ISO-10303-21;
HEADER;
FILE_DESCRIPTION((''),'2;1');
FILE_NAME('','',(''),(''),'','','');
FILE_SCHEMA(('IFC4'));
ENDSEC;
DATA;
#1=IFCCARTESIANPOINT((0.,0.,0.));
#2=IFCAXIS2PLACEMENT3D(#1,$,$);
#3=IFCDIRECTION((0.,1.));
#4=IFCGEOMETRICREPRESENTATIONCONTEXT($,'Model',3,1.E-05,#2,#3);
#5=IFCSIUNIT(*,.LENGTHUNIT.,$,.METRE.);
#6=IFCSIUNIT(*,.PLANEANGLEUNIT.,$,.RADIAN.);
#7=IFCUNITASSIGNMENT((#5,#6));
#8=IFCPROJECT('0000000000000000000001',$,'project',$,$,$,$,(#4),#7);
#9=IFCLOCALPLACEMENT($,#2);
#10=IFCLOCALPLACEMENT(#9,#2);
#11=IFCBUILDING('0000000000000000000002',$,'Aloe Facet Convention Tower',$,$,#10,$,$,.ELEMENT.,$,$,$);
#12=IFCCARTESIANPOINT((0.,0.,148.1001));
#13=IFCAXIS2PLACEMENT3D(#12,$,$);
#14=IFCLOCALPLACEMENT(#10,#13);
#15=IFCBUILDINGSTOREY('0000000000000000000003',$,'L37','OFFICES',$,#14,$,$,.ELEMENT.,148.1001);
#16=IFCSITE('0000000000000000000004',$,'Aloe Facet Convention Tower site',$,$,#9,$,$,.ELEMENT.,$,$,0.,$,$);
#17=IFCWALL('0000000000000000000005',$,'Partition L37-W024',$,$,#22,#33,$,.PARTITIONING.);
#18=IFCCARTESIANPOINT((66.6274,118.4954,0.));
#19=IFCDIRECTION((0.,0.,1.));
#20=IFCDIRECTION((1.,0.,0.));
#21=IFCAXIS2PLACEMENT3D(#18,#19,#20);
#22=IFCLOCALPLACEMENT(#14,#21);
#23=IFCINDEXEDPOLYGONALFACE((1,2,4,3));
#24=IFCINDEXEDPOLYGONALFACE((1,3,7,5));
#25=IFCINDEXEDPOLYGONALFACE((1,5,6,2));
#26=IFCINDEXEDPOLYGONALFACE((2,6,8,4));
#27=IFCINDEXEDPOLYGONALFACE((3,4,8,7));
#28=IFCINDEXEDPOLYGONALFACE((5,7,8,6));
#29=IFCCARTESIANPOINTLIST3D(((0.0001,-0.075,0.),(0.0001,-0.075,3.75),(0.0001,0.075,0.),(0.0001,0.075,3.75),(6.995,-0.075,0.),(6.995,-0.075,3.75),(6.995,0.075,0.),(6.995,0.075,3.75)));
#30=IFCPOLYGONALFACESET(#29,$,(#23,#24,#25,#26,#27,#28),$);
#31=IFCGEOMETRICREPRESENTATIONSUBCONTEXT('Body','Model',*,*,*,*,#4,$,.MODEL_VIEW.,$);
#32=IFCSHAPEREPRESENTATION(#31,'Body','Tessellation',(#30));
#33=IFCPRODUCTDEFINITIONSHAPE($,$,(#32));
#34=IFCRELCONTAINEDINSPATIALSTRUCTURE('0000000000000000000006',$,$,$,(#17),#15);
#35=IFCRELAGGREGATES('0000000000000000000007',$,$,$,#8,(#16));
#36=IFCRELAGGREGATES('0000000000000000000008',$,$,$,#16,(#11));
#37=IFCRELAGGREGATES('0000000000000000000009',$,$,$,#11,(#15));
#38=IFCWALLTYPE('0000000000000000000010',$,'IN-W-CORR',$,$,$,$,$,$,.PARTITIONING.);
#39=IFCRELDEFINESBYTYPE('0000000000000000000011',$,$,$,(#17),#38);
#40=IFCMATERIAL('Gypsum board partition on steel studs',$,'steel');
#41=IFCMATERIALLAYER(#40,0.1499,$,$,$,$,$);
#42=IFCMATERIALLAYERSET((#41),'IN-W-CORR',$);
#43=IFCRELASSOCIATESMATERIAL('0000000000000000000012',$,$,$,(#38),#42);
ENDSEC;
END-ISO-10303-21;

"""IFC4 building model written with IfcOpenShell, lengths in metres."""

from ifc_helpers import new_model, si_unit, direction, frame, frame_2d, origin, place, context, subcontext, project, spatial, rectangle, extrude, material, layer, layer_set, type_object, element, save


model = new_model("IFC4")

# Units and contexts
model_context = context("Model", 3, precision=1e-05, world=origin(), true_north=direction((0.0, 1.0)))
body_context = subcontext(model_context, "Body", "Model", "MODEL_VIEW")
ifc_project = project(units=[si_unit("LENGTHUNIT", "METRE"), si_unit("PLANEANGLEUNIT", "RADIAN")], contexts=[model_context])

# Site, building, storey
site_placement = place(None, origin())
site = spatial("IfcSite", under=ifc_project, at=site_placement, Name="Aloe Facet Convention Tower site", CompositionType="ELEMENT", RefElevation=0.0)
building_placement = place(site_placement, origin())
building = spatial("IfcBuilding", under=site, at=building_placement, Name="Aloe Facet Convention Tower", CompositionType="ELEMENT")
storey_placement = place(building_placement, frame((0.0, 0.0, 148.1001)))
storey = spatial("IfcBuildingStorey", under=building, at=storey_placement, Name="L37", Description="OFFICES", CompositionType="ELEMENT", Elevation=148.1001)

# Wall
ifc_material_1 = material(Name="Gypsum board partition on steel studs", Category="steel")
ifc_layer_1 = layer(ifc_material_1, 0.1499)
ifc_layer_set_1 = layer_set([ifc_layer_1], Name="IN-W-CORR")
wall_type_1 = type_object("IfcWallType", Name="IN-W-CORR", PredefinedType="PARTITIONING", material=ifc_layer_set_1)
wall_1_placement = place(storey_placement, frame((66.6274, 118.4954, 0.0), z_axis=(0.0, 0.0, 1.0), x_axis=(1.0, 0.0, 0.0)))
element("IfcWall", 1, at=wall_1_placement, inside=storey, type_object=wall_type_1, Name="Partition L37-W024", PredefinedType="PARTITIONING", context=body_context, shape_type="SweptSolid", body=[
    extrude(rectangle(XDim=6.9949, YDim=0.1499, at=frame_2d((3.4976, 0.0))), origin(), (0.0, 0.0, 1.0), 3.75),
])

save(model, "model.ifc")
